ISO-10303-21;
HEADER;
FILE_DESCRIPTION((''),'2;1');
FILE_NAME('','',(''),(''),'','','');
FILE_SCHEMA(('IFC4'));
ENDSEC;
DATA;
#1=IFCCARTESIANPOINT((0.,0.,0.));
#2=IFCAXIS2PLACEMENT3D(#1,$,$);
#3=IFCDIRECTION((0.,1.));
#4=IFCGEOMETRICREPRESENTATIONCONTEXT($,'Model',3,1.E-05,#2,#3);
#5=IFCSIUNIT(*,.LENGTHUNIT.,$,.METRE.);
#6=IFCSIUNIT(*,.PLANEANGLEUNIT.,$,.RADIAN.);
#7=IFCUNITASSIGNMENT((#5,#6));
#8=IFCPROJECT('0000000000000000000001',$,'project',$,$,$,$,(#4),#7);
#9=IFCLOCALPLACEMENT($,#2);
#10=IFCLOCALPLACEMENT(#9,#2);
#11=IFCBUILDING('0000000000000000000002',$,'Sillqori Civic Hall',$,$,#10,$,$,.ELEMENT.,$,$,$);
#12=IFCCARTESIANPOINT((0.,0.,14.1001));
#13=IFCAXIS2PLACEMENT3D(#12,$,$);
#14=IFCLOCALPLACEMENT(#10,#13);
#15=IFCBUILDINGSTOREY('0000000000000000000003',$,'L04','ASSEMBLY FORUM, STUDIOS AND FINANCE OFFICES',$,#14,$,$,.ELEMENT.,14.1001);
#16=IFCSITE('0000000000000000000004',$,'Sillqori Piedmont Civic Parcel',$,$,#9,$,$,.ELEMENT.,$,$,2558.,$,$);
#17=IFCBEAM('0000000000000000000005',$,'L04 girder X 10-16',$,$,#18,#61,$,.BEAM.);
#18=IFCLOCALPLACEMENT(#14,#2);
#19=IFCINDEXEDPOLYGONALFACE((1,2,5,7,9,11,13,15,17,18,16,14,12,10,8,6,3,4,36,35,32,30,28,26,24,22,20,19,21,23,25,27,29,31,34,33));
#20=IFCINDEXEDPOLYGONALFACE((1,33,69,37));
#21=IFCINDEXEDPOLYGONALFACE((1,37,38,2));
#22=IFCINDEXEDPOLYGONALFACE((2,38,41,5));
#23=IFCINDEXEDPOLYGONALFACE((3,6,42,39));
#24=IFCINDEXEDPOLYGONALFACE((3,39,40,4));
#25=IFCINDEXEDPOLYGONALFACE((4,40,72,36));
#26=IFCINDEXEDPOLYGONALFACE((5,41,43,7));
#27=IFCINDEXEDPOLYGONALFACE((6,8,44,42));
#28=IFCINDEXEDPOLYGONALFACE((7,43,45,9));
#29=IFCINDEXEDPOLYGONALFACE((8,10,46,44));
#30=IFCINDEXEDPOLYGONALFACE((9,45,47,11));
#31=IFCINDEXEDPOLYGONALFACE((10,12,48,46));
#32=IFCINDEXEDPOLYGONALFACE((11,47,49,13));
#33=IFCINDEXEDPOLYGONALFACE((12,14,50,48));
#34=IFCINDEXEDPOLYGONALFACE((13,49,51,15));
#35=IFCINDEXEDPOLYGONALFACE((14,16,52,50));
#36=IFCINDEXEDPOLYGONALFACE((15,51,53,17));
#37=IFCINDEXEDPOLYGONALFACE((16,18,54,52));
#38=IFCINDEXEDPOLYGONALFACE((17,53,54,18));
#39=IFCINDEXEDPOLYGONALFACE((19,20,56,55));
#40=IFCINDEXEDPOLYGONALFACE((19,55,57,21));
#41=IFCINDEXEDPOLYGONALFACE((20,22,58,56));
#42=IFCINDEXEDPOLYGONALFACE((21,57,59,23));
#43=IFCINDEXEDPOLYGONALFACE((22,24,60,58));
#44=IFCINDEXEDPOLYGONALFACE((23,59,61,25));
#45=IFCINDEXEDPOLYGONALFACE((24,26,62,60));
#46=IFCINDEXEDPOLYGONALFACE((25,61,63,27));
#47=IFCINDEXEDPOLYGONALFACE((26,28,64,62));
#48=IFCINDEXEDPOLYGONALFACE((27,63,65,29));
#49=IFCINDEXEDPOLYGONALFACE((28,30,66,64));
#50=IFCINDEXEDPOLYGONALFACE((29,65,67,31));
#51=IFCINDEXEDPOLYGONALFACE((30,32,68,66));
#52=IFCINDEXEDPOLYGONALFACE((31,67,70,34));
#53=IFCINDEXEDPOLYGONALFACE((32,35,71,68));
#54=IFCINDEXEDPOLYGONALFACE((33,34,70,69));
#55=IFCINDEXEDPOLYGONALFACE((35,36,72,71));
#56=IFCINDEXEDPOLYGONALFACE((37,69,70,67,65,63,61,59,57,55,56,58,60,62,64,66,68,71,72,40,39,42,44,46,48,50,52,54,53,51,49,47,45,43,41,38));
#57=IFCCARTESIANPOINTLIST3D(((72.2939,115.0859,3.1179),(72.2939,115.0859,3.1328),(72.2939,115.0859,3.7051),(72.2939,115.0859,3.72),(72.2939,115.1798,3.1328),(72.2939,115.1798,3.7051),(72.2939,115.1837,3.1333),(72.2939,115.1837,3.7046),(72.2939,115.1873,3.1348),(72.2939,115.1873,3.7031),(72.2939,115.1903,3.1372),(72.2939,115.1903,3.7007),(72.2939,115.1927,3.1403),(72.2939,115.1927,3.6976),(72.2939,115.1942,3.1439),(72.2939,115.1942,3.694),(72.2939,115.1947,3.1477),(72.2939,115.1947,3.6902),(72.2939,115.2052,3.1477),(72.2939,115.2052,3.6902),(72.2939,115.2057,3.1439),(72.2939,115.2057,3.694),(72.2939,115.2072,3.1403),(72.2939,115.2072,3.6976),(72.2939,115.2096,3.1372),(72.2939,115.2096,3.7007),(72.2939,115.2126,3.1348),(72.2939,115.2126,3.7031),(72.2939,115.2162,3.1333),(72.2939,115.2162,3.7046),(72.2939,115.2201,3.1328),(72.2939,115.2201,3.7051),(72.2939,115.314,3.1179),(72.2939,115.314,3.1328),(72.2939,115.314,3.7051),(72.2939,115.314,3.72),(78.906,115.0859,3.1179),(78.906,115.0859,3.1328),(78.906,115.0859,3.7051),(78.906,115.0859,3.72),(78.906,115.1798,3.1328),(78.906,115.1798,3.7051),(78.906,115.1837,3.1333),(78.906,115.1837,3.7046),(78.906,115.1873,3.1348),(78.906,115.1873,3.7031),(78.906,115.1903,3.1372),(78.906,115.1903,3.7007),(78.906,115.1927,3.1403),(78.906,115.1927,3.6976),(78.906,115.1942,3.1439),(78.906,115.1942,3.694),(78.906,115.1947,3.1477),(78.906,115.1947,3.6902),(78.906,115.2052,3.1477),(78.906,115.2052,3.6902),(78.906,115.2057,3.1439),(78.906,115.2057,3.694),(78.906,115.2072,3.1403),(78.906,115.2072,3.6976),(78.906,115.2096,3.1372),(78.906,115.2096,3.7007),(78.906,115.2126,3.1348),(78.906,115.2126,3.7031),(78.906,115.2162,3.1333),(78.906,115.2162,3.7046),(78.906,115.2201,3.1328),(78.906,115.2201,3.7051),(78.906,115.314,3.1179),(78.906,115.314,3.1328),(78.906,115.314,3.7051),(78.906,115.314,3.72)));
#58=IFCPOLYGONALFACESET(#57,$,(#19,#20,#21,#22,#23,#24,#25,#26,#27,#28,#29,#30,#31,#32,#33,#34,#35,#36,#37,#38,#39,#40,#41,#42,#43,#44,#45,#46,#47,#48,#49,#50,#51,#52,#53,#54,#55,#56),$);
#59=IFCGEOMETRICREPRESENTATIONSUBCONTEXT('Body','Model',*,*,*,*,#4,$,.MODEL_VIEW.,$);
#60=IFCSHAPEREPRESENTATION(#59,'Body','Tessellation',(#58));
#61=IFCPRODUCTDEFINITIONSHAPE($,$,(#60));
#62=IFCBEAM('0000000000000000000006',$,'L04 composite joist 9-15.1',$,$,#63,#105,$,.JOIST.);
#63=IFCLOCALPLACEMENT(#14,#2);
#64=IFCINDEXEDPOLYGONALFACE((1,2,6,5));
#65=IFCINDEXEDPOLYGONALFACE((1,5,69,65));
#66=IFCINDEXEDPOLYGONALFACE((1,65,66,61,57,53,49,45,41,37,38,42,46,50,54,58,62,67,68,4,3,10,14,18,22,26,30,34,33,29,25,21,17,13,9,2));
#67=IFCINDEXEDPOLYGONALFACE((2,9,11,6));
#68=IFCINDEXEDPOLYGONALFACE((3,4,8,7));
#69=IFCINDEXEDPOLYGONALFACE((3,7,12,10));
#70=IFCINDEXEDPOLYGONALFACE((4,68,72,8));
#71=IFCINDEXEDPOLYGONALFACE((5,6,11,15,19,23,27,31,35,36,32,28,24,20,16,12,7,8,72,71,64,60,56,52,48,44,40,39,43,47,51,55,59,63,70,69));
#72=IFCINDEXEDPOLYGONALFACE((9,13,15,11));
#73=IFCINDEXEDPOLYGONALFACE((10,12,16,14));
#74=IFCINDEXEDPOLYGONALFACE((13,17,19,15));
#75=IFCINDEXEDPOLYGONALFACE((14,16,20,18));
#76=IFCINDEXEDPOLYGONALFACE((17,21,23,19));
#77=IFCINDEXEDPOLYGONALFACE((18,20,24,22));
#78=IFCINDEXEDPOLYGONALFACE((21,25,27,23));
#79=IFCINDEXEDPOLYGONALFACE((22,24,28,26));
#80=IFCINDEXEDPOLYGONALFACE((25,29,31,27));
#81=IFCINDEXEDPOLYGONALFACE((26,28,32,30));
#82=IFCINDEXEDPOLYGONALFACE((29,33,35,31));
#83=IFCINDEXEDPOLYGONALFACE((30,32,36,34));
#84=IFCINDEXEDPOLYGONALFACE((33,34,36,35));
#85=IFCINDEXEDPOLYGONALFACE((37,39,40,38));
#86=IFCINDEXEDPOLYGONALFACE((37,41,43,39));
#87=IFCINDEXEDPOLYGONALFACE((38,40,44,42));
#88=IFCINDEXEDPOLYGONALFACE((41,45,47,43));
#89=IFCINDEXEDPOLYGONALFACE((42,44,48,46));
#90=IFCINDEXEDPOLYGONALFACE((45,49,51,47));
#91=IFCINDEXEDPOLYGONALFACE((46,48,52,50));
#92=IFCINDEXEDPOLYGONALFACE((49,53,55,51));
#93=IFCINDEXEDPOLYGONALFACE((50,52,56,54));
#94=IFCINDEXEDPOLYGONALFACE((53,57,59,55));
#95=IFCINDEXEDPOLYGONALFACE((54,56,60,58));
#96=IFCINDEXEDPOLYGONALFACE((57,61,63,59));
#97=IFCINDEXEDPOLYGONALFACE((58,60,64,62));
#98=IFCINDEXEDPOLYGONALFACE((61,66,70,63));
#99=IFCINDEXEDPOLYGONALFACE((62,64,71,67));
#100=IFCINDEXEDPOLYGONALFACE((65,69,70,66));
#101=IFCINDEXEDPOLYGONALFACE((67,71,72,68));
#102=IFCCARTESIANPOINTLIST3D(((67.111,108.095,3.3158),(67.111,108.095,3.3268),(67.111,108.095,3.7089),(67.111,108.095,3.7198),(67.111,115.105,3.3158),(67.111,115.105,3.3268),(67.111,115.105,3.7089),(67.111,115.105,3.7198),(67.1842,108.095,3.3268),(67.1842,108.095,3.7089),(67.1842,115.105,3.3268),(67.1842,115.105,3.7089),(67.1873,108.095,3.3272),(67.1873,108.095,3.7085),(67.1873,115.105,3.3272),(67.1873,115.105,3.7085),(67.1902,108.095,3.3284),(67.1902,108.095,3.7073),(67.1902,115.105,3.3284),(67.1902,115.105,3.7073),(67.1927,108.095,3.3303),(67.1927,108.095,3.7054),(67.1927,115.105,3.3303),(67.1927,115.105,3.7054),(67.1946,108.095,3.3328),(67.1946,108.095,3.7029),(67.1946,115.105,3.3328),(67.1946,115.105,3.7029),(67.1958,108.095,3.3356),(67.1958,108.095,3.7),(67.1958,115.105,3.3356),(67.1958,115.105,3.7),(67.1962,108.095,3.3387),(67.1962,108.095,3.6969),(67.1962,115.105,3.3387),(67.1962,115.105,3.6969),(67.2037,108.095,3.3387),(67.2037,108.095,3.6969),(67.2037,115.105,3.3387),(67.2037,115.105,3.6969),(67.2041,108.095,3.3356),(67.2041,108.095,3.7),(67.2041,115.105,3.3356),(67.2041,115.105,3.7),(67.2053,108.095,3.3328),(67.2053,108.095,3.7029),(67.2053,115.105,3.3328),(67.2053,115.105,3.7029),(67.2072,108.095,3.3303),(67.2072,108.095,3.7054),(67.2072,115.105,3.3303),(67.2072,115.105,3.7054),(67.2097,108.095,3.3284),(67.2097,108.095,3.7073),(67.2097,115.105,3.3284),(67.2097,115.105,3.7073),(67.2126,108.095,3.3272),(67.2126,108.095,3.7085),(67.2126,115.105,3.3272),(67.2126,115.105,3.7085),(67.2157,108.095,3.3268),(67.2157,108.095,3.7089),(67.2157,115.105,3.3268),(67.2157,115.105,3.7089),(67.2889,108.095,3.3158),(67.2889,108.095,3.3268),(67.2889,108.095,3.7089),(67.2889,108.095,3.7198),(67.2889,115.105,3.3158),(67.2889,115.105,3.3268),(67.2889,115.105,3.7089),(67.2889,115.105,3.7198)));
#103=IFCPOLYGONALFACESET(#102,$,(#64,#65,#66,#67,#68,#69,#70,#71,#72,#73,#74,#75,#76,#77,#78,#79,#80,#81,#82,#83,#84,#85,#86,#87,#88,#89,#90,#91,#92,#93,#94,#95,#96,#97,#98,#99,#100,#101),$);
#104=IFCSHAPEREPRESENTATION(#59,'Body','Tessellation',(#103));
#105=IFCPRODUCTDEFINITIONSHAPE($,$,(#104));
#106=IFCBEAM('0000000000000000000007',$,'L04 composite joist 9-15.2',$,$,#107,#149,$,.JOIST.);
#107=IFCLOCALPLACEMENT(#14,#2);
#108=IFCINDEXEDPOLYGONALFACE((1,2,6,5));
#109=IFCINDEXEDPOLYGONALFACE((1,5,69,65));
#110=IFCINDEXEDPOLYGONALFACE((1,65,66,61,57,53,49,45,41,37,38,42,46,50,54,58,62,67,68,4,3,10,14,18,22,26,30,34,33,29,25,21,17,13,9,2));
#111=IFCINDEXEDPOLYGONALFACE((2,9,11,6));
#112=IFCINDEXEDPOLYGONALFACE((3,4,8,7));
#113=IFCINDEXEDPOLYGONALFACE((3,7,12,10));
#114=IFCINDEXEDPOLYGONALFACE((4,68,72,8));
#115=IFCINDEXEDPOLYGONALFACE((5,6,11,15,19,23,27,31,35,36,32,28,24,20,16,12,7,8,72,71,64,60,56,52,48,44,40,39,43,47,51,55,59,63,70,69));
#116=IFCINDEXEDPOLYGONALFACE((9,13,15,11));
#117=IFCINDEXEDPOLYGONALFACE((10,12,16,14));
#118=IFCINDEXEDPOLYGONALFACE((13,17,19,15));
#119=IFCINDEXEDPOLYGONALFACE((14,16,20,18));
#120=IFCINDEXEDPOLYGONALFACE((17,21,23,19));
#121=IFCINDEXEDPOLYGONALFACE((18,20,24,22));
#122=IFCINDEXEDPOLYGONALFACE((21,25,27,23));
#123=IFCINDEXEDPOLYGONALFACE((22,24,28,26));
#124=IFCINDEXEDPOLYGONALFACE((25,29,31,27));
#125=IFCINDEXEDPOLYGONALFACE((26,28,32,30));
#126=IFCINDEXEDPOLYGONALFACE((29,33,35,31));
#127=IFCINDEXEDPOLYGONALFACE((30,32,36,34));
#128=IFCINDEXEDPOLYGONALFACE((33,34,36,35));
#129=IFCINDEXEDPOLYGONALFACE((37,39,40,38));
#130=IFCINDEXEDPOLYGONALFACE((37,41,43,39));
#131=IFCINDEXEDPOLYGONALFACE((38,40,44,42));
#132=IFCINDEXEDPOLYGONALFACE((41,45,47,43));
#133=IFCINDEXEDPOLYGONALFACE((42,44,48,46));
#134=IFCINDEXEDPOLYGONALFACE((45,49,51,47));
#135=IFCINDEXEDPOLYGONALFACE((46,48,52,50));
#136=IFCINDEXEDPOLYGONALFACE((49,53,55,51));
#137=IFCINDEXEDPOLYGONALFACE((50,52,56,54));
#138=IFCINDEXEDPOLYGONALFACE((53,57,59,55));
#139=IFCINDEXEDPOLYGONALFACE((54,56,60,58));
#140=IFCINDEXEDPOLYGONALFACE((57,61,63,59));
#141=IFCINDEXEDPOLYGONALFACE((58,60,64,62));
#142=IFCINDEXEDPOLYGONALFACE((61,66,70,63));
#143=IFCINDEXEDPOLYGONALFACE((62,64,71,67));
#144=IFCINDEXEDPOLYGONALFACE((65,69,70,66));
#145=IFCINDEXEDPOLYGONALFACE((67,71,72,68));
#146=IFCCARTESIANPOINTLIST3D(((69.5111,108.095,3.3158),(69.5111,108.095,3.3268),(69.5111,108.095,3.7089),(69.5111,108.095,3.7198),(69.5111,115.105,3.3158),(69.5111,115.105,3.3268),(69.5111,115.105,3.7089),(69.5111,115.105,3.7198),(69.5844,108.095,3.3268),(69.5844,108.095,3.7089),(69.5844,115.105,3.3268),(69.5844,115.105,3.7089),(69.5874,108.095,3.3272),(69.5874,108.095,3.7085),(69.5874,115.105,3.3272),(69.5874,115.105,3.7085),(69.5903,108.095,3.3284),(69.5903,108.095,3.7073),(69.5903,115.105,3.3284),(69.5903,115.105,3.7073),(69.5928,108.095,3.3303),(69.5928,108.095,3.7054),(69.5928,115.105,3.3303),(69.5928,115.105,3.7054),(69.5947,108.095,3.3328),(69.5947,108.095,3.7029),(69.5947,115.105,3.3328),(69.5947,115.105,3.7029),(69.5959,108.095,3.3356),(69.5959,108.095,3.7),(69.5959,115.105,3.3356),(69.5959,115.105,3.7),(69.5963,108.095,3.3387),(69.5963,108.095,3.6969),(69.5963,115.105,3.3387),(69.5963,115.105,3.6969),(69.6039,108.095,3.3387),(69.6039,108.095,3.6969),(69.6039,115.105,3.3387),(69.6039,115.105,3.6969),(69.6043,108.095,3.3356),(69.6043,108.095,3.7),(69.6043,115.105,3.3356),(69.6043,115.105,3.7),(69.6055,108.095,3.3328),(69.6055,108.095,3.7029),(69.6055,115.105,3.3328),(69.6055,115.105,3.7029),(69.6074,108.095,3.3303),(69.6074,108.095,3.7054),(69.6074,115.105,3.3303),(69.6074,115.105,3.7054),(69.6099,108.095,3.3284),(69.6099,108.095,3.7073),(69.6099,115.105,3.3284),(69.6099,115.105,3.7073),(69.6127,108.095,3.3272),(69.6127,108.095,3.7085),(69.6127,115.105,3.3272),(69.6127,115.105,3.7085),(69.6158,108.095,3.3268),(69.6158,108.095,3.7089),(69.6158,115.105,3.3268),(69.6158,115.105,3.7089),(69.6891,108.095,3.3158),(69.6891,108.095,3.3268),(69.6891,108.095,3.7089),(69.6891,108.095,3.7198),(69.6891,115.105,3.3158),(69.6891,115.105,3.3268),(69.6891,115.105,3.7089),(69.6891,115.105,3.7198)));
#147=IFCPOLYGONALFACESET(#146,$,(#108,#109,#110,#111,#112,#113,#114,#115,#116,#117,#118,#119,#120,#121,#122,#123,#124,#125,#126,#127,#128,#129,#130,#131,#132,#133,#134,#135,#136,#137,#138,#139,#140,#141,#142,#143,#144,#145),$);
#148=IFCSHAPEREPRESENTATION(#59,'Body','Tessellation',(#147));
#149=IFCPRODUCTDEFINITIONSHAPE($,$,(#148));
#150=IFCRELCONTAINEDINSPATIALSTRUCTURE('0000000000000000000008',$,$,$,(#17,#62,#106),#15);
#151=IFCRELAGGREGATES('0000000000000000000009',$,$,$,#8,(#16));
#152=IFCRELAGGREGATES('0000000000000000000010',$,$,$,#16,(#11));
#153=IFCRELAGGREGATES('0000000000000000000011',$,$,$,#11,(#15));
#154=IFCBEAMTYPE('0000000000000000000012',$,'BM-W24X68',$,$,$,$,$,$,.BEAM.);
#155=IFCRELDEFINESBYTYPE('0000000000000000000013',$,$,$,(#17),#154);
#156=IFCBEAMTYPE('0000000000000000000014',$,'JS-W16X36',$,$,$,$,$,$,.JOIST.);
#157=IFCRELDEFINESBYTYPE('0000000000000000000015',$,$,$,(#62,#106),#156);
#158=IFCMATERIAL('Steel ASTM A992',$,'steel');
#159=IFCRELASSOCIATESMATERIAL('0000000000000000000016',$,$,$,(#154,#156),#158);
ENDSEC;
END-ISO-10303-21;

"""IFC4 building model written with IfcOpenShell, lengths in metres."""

from ifc_helpers import new_model, si_unit, direction, frame, origin, origin_2d, place, context, subcontext, project, spatial, i_section, extrude, material, material_profile, profile_set, type_object, element, save


model = new_model("IFC4")

# Units and contexts
model_context = context("Model", 3, precision=1e-05, world=origin(), true_north=direction((0.0, 1.0)))
body_context = subcontext(model_context, "Body", "Model", "MODEL_VIEW")
ifc_project = project(units=[si_unit("LENGTHUNIT", "METRE"), si_unit("PLANEANGLEUNIT", "RADIAN")], contexts=[model_context])

# Site, building, storey
site_placement = place(None, origin())
site = spatial("IfcSite", under=ifc_project, at=site_placement, Name="Sillqori Piedmont Civic Parcel", CompositionType="ELEMENT", RefElevation=2558.0)
building_placement = place(site_placement, origin())
building = spatial("IfcBuilding", under=site, at=building_placement, Name="Sillqori Civic Hall", CompositionType="ELEMENT")
storey_placement = place(building_placement, frame((0.0, 0.0, 14.1001)))
storey = spatial("IfcBuildingStorey", under=building, at=storey_placement, Name="L04", Description="ASSEMBLY FORUM, STUDIOS AND FINANCE OFFICES", CompositionType="ELEMENT", Elevation=14.1001)

# Beam
ifc_material_1 = material(Name="Steel ASTM A992", Category="steel")
ifc_material_profile_1 = material_profile(ifc_material_1, i_section(OverallWidth=0.228, OverallDepth=0.6021, WebThickness=0.0105, FlangeThickness=0.0149, FilletRadius=0.0149, at=origin_2d()), Name="W24X68")
ifc_profile_set_1 = profile_set([ifc_material_profile_1], Name="Steel ASTM A992")
beam_type_1 = type_object("IfcBeamType", Name="BM-W24X68", PredefinedType="BEAM", material=ifc_profile_set_1)
for number, where, z_axis, x_axis, name in (
    (1, (72.2939, 115.2, 3.4189), (1.0, 0.0, 0.0), (0.0, 1.0, 0.0), "L04 girder X 10-16"),
):
    element("IfcBeam", number, at=place(storey_placement, frame(where, z_axis=z_axis, x_axis=x_axis)), inside=storey, type_object=beam_type_1, Name=name, PredefinedType="BEAM", context=body_context, shape_type="SweptSolid", body=[
        extrude(i_section(OverallWidth=0.228, OverallDepth=0.6021, WebThickness=0.0105, FlangeThickness=0.0149, FilletRadius=0.0149, at=origin_2d()), origin(), (0.0, 0.0, 1.0), 6.6121),
    ])

# Beams
ifc_material_profile_2 = material_profile(ifc_material_1, i_section(OverallWidth=0.178, OverallDepth=0.4041, WebThickness=0.0076, FlangeThickness=0.011, FilletRadius=0.012, at=origin_2d()), Name="W16X36")
ifc_profile_set_2 = profile_set([ifc_material_profile_2], Name="Steel ASTM A992")
beam_type_2 = type_object("IfcBeamType", Name="JS-W16X36", PredefinedType="JOIST", material=ifc_profile_set_2)
for number, where, z_axis, x_axis, name in (
    (2, (67.2, 108.095, 3.5178), (0.0, 1.0, 0.0), (-1.0, 0.0, 0.0), "L04 composite joist 9-15.1"),
    (3, (69.6001, 108.095, 3.5178), (0.0, 1.0, 0.0), (-1.0, 0.0, 0.0), "L04 composite joist 9-15.2"),
):
    element("IfcBeam", number, at=place(storey_placement, frame(where, z_axis=z_axis, x_axis=x_axis)), inside=storey, type_object=beam_type_2, Name=name, PredefinedType="JOIST", context=body_context, shape_type="SweptSolid", body=[
        extrude(i_section(OverallWidth=0.178, OverallDepth=0.4041, WebThickness=0.0076, FlangeThickness=0.011, FilletRadius=0.012, at=origin_2d()), origin(), (0.0, 0.0, 1.0), 7.01),
    ])

save(model, "model.ifc")
